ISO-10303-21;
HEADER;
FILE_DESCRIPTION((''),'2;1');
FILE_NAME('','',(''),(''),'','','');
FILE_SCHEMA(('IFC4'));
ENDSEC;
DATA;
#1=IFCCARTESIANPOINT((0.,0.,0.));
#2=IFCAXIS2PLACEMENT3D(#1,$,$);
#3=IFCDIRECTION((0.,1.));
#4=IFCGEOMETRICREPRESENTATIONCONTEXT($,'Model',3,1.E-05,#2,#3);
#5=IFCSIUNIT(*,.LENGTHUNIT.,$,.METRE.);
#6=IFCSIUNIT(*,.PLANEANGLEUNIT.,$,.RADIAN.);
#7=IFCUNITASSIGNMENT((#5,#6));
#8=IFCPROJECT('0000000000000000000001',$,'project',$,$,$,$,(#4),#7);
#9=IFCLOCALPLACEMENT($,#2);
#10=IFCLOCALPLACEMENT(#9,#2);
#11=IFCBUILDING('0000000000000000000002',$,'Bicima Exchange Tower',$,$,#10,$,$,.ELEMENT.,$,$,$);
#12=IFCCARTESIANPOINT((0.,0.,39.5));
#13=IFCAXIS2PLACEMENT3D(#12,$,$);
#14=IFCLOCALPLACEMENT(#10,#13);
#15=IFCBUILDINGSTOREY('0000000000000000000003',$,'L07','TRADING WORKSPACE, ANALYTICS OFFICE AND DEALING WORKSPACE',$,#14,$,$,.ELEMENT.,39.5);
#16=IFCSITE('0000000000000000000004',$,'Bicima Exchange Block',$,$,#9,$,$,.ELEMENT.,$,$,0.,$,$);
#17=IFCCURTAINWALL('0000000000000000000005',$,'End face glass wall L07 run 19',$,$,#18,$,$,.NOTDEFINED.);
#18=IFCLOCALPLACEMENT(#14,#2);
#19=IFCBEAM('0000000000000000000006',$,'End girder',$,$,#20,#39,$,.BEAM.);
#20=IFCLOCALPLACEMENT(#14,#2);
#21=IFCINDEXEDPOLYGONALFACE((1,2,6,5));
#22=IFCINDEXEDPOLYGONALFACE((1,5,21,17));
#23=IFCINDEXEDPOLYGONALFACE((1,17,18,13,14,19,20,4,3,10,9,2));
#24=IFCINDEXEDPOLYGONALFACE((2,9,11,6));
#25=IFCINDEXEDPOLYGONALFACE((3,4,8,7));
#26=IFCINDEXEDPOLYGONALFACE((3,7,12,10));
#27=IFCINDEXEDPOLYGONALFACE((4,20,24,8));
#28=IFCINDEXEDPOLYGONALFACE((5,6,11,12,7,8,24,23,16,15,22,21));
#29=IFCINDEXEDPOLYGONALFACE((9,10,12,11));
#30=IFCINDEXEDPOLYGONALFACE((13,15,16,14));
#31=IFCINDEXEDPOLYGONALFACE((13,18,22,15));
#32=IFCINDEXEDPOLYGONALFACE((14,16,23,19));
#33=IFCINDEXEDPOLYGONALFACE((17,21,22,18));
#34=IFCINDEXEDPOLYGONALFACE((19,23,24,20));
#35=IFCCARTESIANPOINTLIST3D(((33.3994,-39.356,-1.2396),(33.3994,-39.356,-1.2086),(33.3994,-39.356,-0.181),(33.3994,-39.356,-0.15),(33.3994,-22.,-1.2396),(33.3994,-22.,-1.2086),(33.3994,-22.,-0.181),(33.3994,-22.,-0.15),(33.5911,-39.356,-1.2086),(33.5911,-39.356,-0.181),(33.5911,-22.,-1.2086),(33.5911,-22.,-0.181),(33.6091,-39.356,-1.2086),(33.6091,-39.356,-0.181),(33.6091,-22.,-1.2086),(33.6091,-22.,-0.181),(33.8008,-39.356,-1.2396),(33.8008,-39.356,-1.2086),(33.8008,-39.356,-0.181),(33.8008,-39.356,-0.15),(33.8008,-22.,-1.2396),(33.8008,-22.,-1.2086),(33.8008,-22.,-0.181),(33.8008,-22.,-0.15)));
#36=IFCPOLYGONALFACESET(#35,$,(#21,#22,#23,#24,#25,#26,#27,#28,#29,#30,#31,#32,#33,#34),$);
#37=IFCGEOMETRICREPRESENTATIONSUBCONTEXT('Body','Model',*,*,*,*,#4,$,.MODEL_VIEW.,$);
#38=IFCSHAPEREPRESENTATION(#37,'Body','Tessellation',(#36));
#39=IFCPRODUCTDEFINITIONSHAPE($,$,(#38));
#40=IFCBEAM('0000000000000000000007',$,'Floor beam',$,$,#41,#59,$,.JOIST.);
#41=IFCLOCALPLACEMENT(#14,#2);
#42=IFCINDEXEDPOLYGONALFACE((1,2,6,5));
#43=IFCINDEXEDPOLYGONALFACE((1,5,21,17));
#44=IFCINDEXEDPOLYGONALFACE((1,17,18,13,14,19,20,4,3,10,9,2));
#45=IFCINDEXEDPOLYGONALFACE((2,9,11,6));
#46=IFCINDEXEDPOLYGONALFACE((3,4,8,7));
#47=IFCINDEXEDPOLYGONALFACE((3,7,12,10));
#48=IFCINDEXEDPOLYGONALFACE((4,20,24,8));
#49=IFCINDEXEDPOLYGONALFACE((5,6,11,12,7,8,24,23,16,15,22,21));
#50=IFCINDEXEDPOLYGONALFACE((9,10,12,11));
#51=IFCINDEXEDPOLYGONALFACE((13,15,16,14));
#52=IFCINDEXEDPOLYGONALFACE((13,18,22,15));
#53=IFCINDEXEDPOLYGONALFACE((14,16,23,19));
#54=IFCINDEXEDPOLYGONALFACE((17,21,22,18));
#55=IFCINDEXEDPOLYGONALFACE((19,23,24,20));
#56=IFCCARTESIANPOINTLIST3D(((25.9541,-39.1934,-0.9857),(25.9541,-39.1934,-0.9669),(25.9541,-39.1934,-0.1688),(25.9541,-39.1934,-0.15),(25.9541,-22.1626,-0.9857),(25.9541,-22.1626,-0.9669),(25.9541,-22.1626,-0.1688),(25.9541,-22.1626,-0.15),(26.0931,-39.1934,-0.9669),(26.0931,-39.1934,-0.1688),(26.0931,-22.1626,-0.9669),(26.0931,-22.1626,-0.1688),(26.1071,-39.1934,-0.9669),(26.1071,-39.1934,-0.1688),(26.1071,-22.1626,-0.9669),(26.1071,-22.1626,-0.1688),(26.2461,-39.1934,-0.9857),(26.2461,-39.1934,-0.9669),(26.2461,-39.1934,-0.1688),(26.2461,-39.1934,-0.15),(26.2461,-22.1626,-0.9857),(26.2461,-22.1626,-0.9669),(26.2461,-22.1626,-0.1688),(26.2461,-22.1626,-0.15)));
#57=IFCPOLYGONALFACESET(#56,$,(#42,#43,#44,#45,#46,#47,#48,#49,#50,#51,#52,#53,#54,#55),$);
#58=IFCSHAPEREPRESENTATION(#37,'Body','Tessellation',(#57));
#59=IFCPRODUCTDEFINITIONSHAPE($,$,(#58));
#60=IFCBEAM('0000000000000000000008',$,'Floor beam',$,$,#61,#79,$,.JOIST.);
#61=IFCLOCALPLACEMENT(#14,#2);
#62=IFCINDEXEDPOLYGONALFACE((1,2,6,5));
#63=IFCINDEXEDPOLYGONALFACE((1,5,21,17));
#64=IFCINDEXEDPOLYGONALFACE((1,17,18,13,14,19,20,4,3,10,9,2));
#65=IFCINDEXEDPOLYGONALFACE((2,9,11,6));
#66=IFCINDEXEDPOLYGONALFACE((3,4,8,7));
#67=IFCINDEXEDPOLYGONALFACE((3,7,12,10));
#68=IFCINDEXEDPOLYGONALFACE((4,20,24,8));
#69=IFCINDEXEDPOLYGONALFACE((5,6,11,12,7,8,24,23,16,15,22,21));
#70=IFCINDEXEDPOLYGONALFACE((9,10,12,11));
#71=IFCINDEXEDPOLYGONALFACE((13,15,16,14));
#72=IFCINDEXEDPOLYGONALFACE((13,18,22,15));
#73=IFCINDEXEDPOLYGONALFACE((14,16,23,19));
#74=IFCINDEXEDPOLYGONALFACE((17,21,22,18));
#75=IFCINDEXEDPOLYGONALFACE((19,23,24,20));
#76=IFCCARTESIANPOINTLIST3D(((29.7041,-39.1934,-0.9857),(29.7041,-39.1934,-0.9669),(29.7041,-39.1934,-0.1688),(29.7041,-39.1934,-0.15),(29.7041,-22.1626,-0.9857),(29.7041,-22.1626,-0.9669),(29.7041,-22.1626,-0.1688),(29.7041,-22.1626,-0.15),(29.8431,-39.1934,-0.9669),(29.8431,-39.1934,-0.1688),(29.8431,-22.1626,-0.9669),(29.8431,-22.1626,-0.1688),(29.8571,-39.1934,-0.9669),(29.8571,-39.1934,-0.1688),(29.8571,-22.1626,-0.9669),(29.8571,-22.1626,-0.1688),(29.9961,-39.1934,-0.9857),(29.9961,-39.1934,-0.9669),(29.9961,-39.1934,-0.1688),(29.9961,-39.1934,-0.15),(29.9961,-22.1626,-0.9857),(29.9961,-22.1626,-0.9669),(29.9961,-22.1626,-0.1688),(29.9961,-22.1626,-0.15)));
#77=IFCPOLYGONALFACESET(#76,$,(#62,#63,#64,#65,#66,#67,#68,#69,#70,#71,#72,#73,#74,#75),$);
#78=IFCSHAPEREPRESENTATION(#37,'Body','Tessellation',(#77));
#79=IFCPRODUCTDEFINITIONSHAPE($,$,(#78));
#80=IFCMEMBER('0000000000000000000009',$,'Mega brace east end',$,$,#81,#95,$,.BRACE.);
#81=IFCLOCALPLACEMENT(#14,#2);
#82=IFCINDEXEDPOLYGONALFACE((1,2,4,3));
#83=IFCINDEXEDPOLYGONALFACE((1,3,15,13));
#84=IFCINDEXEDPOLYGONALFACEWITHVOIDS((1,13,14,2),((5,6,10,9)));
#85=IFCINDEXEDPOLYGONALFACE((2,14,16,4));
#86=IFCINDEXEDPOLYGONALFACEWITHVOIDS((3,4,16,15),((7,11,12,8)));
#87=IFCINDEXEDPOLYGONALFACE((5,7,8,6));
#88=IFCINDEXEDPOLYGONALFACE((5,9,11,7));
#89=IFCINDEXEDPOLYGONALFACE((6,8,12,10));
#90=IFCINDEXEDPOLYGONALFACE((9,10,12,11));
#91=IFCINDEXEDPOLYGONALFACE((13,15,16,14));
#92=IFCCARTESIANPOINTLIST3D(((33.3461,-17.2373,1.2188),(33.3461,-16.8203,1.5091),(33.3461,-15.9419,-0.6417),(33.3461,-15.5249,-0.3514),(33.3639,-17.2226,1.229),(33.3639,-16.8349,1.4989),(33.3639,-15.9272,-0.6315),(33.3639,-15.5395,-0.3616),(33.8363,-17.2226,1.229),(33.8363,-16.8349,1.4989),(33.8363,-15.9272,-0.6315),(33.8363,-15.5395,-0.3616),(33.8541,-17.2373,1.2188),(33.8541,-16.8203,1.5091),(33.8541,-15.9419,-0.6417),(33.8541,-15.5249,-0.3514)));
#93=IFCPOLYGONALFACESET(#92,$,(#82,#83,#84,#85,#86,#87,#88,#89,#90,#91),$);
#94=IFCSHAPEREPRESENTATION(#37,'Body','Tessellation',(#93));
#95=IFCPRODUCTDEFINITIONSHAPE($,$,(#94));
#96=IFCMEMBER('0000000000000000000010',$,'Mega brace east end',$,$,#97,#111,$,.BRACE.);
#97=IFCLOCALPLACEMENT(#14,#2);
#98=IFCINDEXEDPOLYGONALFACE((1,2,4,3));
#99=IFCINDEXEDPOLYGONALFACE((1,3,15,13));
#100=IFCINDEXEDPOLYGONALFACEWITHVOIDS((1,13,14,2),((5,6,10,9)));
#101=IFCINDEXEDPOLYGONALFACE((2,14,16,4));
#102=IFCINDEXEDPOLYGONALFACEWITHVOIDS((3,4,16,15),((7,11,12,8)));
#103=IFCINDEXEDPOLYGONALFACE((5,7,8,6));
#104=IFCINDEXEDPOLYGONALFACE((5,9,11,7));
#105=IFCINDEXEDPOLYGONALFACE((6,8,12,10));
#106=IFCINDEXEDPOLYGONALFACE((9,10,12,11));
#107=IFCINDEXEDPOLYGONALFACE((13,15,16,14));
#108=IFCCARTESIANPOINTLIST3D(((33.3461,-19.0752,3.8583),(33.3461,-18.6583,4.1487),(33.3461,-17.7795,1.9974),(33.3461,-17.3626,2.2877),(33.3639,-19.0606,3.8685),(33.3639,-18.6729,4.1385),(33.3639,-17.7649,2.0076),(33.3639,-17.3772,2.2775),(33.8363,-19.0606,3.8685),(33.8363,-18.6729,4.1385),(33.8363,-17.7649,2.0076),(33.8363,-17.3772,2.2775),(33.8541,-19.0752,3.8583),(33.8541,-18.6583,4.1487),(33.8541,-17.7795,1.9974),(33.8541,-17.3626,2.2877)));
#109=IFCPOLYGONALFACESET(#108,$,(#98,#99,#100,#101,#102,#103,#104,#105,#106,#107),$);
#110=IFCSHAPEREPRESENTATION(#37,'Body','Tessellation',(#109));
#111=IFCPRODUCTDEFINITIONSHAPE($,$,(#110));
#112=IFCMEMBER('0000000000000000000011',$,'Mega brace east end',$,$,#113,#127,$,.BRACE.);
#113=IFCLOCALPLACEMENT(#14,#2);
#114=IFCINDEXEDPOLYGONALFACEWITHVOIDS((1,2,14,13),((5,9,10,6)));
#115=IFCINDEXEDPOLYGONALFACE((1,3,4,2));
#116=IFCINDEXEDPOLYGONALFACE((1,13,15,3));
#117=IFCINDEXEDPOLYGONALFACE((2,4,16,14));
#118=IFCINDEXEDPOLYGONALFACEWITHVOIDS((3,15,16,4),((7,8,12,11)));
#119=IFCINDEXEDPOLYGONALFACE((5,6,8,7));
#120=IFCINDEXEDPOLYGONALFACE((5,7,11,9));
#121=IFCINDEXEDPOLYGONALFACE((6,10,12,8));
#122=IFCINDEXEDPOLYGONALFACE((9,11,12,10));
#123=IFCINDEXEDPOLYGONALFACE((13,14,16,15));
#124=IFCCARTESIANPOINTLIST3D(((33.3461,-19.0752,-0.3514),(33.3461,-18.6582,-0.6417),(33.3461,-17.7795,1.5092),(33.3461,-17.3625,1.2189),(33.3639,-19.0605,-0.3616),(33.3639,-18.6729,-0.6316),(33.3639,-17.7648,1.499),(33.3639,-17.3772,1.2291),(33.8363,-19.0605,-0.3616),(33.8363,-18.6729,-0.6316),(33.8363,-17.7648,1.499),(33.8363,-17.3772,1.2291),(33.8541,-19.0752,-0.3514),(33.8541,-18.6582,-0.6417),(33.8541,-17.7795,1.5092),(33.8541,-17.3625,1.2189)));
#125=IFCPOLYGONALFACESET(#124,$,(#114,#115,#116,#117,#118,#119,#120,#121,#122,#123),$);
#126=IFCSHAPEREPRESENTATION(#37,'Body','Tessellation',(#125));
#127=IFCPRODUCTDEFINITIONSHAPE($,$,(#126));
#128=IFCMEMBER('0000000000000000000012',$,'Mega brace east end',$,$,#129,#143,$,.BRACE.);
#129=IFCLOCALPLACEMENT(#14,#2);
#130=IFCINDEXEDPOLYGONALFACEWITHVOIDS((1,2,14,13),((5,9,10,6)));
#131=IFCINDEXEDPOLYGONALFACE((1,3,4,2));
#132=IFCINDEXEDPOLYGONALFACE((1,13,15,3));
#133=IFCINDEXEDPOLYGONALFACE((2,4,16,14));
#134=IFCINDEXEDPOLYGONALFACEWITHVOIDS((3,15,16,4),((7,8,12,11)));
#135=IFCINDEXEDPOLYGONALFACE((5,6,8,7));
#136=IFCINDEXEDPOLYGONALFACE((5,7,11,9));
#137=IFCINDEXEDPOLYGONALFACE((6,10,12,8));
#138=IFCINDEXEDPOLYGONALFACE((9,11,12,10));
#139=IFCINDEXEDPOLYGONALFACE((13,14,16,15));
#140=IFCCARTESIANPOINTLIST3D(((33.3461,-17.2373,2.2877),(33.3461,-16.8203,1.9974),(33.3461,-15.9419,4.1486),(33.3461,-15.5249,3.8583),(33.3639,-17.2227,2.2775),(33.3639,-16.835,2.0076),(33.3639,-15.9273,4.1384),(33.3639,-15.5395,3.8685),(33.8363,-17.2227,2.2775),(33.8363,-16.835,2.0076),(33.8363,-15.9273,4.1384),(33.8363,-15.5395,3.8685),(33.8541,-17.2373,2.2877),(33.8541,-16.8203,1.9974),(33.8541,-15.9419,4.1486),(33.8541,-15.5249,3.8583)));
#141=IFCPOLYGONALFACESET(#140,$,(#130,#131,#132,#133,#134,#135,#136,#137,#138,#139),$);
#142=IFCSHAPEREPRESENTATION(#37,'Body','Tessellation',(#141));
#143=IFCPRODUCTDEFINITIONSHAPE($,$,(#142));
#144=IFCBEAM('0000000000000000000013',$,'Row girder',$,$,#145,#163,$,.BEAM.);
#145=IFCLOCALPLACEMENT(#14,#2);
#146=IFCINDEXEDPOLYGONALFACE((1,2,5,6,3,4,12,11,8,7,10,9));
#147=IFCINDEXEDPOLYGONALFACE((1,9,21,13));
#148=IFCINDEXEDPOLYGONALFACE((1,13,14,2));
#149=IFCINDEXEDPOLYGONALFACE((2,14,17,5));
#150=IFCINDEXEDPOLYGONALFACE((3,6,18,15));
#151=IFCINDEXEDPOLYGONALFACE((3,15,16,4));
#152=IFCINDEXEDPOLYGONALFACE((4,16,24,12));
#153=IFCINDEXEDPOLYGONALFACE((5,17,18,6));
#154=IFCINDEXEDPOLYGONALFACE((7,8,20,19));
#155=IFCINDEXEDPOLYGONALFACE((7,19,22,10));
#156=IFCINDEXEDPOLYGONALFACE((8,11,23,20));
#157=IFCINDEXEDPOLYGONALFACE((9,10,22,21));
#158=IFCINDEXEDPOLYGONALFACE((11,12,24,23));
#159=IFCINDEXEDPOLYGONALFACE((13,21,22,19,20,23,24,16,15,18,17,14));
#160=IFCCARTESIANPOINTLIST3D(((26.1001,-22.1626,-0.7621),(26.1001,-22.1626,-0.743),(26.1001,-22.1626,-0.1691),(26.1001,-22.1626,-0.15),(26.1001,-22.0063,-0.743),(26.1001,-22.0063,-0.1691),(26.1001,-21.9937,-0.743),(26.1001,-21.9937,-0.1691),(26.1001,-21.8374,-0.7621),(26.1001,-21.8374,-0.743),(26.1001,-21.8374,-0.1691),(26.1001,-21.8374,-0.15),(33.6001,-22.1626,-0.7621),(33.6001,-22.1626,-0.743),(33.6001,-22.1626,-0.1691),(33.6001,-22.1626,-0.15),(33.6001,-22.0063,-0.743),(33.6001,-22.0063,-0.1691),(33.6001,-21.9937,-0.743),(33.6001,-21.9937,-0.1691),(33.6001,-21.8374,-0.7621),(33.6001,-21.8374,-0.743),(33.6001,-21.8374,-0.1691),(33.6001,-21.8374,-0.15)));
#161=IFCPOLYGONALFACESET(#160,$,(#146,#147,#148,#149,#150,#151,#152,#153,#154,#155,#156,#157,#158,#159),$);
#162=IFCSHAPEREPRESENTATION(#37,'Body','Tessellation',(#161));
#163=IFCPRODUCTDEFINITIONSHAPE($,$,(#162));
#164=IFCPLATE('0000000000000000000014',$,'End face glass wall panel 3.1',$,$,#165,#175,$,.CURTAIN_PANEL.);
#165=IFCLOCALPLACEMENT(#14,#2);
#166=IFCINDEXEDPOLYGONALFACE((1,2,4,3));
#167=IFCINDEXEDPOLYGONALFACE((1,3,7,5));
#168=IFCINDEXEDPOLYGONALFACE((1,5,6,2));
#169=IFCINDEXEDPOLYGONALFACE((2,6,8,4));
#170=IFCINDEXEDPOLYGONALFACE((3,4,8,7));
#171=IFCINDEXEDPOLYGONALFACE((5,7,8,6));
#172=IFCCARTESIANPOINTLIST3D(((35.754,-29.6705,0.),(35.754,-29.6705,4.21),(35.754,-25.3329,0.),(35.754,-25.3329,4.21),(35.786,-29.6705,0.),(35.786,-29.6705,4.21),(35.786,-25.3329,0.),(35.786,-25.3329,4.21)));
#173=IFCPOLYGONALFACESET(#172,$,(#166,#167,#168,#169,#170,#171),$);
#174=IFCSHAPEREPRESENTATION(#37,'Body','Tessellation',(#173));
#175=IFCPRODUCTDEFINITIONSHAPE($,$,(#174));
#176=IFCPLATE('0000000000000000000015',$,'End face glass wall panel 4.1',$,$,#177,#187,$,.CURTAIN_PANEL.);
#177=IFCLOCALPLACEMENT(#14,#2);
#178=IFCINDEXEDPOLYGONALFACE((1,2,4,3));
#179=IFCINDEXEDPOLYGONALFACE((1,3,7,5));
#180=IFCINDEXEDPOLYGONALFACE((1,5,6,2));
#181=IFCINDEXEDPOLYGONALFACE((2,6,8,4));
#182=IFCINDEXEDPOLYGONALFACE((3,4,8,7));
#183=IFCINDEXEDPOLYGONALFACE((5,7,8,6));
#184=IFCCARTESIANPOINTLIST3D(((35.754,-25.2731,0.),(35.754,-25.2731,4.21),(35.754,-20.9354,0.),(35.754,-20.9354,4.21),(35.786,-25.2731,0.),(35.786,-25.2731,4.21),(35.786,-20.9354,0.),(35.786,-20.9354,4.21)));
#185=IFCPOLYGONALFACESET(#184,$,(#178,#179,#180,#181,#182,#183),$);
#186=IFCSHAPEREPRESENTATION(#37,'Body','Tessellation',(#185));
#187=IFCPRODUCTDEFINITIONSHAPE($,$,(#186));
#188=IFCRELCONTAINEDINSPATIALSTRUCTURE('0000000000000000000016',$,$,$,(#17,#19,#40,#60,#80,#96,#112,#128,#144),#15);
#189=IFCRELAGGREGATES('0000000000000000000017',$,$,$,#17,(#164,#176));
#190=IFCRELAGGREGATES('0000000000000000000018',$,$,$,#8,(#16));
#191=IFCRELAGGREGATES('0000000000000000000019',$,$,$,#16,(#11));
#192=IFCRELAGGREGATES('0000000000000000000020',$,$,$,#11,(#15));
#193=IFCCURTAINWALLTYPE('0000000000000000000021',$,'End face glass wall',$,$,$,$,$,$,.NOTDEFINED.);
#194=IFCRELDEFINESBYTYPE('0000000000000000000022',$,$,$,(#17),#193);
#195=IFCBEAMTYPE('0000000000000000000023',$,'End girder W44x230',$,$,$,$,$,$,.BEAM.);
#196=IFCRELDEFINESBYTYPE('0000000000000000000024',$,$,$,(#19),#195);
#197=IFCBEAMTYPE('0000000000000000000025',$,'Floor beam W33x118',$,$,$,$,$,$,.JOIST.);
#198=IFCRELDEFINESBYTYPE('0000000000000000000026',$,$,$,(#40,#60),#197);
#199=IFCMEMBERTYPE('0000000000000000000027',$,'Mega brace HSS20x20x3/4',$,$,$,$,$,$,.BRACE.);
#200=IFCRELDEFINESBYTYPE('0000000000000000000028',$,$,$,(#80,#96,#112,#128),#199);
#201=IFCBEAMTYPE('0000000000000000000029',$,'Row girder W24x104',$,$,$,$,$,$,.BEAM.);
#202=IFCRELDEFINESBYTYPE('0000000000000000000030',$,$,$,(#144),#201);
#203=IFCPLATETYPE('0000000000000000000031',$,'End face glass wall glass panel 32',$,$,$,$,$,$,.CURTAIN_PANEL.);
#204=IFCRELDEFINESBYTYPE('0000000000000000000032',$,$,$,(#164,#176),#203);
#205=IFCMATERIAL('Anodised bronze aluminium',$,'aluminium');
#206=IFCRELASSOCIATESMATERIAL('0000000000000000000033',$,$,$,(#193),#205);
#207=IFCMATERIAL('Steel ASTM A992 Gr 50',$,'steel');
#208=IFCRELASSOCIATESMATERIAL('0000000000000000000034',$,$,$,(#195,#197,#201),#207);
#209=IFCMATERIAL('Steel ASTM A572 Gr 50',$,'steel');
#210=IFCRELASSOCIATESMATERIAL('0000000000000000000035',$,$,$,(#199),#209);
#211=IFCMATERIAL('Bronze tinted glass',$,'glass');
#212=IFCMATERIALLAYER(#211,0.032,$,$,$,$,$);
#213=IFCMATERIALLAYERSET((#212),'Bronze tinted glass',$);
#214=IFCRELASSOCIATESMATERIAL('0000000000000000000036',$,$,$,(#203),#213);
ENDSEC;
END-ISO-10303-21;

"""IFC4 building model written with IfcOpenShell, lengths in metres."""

from ifc_helpers import new_model, si_unit, direction, frame, origin, origin_2d, place, context, subcontext, project, spatial, rectangle, hollow_rectangle, i_section, extrude, material, layer, layer_set, material_profile, profile_set, type_object, element, aggregate, save


model = new_model("IFC4")

# Units and contexts
model_context = context("Model", 3, precision=1e-05, world=origin(), true_north=direction((0.0, 1.0)))
body_context = subcontext(model_context, "Body", "Model", "MODEL_VIEW")
ifc_project = project(units=[si_unit("LENGTHUNIT", "METRE"), si_unit("PLANEANGLEUNIT", "RADIAN")], contexts=[model_context])

# Site, building, storey
site_placement = place(None, origin())
site = spatial("IfcSite", under=ifc_project, at=site_placement, Name="Bicima Exchange Block", CompositionType="ELEMENT", RefElevation=0.0)
building_placement = place(site_placement, origin())
building = spatial("IfcBuilding", under=site, at=building_placement, Name="Bicima Exchange Tower", CompositionType="ELEMENT")
storey_placement = place(building_placement, frame((0.0, 0.0, 39.5)))
storey = spatial("IfcBuildingStorey", under=building, at=storey_placement, Name="L07", Description="TRADING WORKSPACE, ANALYTICS OFFICE AND DEALING WORKSPACE", CompositionType="ELEMENT", Elevation=39.5)

# Shared definitions
ifc_material_1 = material(Name="Steel ASTM A992 Gr 50", Category="steel")

# Shared definitions
ifc_material_2 = material(Name="Steel ASTM A572 Gr 50", Category="steel")

# Curtain wall
ifc_material_3 = material(Name="Anodised bronze aluminium", Category="aluminium")
curtain_wall_type = type_object("IfcCurtainWallType", Name="End face glass wall", PredefinedType="NOTDEFINED", material=ifc_material_3)
curtain_wall_placement = place(storey_placement, origin())
curtain_wall = element("IfcCurtainWall", 1, at=curtain_wall_placement, inside=storey, type_object=curtain_wall_type, Name="End face glass wall L07 run 19", PredefinedType="NOTDEFINED")

# Beams
ifc_material_profile_1 = material_profile(ifc_material_1, i_section(OverallWidth=0.4014, OverallDepth=1.0896, WebThickness=0.0181, FlangeThickness=0.031, at=origin_2d()))
ifc_profile_set_1 = profile_set([ifc_material_profile_1], Name="Steel ASTM A992 Gr 50")
beam_type_1 = type_object("IfcBeamType", Name="End girder W44x230", PredefinedType="BEAM", material=ifc_profile_set_1)
beam_1_placement = place(storey_placement, frame((33.6001, -22.0, -0.6948), z_axis=(0.0, -1.0, 0.0), x_axis=(1.0, 0.0, 0.0)))
element("IfcBeam", 2, at=beam_1_placement, inside=storey, type_object=beam_type_1, Name="End girder", PredefinedType="BEAM", context=body_context, shape_type="SweptSolid", body=[
    extrude(i_section(OverallWidth=0.4014, OverallDepth=1.0896, WebThickness=0.0181, FlangeThickness=0.031, at=origin_2d()), origin(), (0.0, 0.0, 1.0), 17.356),
])
ifc_material_profile_2 = material_profile(ifc_material_1, i_section(OverallWidth=0.292, OverallDepth=0.8357, WebThickness=0.0139, FlangeThickness=0.0188, at=origin_2d()))
ifc_profile_set_2 = profile_set([ifc_material_profile_2], Name="Steel ASTM A992 Gr 50")
beam_type_2 = type_object("IfcBeamType", Name="Floor beam W33x118", PredefinedType="JOIST", material=ifc_profile_set_2)
for number, where, z_axis, x_axis, name in (
    (3, (26.1001, -22.1626, -0.5679), (0.0, -1.0, 0.0), (1.0, 0.0, 0.0), "Floor beam"),
    (4, (29.8501, -22.1626, -0.5679), (0.0, -1.0, 0.0), (1.0, 0.0, 0.0), "Floor beam"),
):
    element("IfcBeam", number, at=place(storey_placement, frame(where, z_axis=z_axis, x_axis=x_axis)), inside=storey, type_object=beam_type_2, Name=name, PredefinedType="JOIST", context=body_context, shape_type="SweptSolid", body=[
        extrude(i_section(OverallWidth=0.292, OverallDepth=0.8357, WebThickness=0.0139, FlangeThickness=0.0188, at=origin_2d()), origin(), (0.0, 0.0, 1.0), 17.0308),
    ])

# Members
ifc_material_profile_3 = material_profile(ifc_material_2, hollow_rectangle(XDim=0.5081, YDim=0.5081, WallThickness=0.0178, at=origin_2d()))
ifc_profile_set_3 = profile_set([ifc_material_profile_3], Name="Steel ASTM A572 Gr 50")
member_type_1 = type_object("IfcMemberType", Name="Mega brace HSS20x20x3/4", PredefinedType="BRACE", material=ifc_profile_set_3)
member_1_placement = place(storey_placement, frame((33.6001, -15.7334, -0.4966), z_axis=(0.0, -0.571386, 0.820681), x_axis=(1.0, 0.0, 0.0)))
element("IfcMember", 5, at=member_1_placement, inside=storey, type_object=member_type_1, Name="Mega brace east end", PredefinedType="BRACE", context=body_context, shape_type="SweptSolid", body=[
    extrude(hollow_rectangle(XDim=0.5081, YDim=0.5081, WallThickness=0.0178, at=origin_2d()), origin(), (0.0, 0.0, 1.0), 2.2671),
])
member_2_placement = place(storey_placement, frame((33.6001, -17.571, 2.1426), z_axis=(0.0, -0.571408, 0.820666), x_axis=(1.0, 0.0, 0.0)))
element("IfcMember", 6, at=member_2_placement, inside=storey, type_object=member_type_1, Name="Mega brace east end", PredefinedType="BRACE", context=body_context, shape_type="SweptSolid", body=[
    extrude(hollow_rectangle(XDim=0.5081, YDim=0.5081, WallThickness=0.0178, at=origin_2d()), origin(), (0.0, 0.0, 1.0), 2.2676),
])
for number, where, z_axis, x_axis, name in (
    (7, (33.6001, -18.8667, -0.4966), (0.0, 0.571459, 0.820631), (-1.0, 0.0, 0.0), "Mega brace east end"),
    (8, (33.6001, -17.0288, 2.1426), (0.0, 0.571336, 0.820716), (-1.0, 0.0, 0.0), "Mega brace east end"),
):
    element("IfcMember", number, at=place(storey_placement, frame(where, z_axis=z_axis, x_axis=x_axis)), inside=storey, type_object=member_type_1, Name=name, PredefinedType="BRACE", context=body_context, shape_type="SweptSolid", body=[
        extrude(hollow_rectangle(XDim=0.5081, YDim=0.5081, WallThickness=0.0178, at=origin_2d()), origin(), (0.0, 0.0, 1.0), 2.2673),
    ])

# Beam
ifc_material_profile_4 = material_profile(ifc_material_1, i_section(OverallWidth=0.3252, OverallDepth=0.6121, WebThickness=0.0127, FlangeThickness=0.019, at=origin_2d()))
ifc_profile_set_4 = profile_set([ifc_material_profile_4], Name="Steel ASTM A992 Gr 50")
beam_type_3 = type_object("IfcBeamType", Name="Row girder W24x104", PredefinedType="BEAM", material=ifc_profile_set_4)
beam_2_placement = place(storey_placement, frame((26.1001, -22.0, -0.4561), z_axis=(1.0, 0.0, 0.0), x_axis=(0.0, 1.0, 0.0)))
element("IfcBeam", 9, at=beam_2_placement, inside=storey, type_object=beam_type_3, Name="Row girder", PredefinedType="BEAM", context=body_context, shape_type="SweptSolid", body=[
    extrude(i_section(OverallWidth=0.3252, OverallDepth=0.6121, WebThickness=0.0127, FlangeThickness=0.019, at=origin_2d()), origin(), (0.0, 0.0, 1.0), 7.5),
])

# Plates
ifc_material_4 = material(Name="Bronze tinted glass", Category="glass")
ifc_layer_1 = layer(ifc_material_4, 0.032)
ifc_layer_set_1 = layer_set([ifc_layer_1], Name="Bronze tinted glass")
plate_type_1 = type_object("IfcPlateType", Name="End face glass wall glass panel 32", PredefinedType="CURTAIN_PANEL", material=ifc_layer_set_1)
plate_1_placement = place(storey_placement, frame((35.77, -27.5017, 0.0), z_axis=(0.0, 0.0, 1.0), x_axis=(0.0, 1.0, 0.0)))
plate_1 = element("IfcPlate", 10, at=plate_1_placement, type_object=plate_type_1, Name="End face glass wall panel 3.1", PredefinedType="CURTAIN_PANEL", context=body_context, shape_type="SweptSolid", body=[
    extrude(rectangle(XDim=4.3376, YDim=0.032, at=origin_2d()), origin(), (0.0, 0.0, 1.0), 4.21),
])
plate_2_placement = place(storey_placement, frame((35.77, -23.1042, 0.0), z_axis=(0.0, 0.0, 1.0), x_axis=(0.0, 1.0, 0.0)))
plate_2 = element("IfcPlate", 11, at=plate_2_placement, type_object=plate_type_1, Name="End face glass wall panel 4.1", PredefinedType="CURTAIN_PANEL", context=body_context, shape_type="SweptSolid", body=[
    extrude(rectangle(XDim=4.3376, YDim=0.032, at=origin_2d()), origin(), (0.0, 0.0, 1.0), 4.21),
])
aggregate(curtain_wall, [plate_1, plate_2])

save(model, "model.ifc")
